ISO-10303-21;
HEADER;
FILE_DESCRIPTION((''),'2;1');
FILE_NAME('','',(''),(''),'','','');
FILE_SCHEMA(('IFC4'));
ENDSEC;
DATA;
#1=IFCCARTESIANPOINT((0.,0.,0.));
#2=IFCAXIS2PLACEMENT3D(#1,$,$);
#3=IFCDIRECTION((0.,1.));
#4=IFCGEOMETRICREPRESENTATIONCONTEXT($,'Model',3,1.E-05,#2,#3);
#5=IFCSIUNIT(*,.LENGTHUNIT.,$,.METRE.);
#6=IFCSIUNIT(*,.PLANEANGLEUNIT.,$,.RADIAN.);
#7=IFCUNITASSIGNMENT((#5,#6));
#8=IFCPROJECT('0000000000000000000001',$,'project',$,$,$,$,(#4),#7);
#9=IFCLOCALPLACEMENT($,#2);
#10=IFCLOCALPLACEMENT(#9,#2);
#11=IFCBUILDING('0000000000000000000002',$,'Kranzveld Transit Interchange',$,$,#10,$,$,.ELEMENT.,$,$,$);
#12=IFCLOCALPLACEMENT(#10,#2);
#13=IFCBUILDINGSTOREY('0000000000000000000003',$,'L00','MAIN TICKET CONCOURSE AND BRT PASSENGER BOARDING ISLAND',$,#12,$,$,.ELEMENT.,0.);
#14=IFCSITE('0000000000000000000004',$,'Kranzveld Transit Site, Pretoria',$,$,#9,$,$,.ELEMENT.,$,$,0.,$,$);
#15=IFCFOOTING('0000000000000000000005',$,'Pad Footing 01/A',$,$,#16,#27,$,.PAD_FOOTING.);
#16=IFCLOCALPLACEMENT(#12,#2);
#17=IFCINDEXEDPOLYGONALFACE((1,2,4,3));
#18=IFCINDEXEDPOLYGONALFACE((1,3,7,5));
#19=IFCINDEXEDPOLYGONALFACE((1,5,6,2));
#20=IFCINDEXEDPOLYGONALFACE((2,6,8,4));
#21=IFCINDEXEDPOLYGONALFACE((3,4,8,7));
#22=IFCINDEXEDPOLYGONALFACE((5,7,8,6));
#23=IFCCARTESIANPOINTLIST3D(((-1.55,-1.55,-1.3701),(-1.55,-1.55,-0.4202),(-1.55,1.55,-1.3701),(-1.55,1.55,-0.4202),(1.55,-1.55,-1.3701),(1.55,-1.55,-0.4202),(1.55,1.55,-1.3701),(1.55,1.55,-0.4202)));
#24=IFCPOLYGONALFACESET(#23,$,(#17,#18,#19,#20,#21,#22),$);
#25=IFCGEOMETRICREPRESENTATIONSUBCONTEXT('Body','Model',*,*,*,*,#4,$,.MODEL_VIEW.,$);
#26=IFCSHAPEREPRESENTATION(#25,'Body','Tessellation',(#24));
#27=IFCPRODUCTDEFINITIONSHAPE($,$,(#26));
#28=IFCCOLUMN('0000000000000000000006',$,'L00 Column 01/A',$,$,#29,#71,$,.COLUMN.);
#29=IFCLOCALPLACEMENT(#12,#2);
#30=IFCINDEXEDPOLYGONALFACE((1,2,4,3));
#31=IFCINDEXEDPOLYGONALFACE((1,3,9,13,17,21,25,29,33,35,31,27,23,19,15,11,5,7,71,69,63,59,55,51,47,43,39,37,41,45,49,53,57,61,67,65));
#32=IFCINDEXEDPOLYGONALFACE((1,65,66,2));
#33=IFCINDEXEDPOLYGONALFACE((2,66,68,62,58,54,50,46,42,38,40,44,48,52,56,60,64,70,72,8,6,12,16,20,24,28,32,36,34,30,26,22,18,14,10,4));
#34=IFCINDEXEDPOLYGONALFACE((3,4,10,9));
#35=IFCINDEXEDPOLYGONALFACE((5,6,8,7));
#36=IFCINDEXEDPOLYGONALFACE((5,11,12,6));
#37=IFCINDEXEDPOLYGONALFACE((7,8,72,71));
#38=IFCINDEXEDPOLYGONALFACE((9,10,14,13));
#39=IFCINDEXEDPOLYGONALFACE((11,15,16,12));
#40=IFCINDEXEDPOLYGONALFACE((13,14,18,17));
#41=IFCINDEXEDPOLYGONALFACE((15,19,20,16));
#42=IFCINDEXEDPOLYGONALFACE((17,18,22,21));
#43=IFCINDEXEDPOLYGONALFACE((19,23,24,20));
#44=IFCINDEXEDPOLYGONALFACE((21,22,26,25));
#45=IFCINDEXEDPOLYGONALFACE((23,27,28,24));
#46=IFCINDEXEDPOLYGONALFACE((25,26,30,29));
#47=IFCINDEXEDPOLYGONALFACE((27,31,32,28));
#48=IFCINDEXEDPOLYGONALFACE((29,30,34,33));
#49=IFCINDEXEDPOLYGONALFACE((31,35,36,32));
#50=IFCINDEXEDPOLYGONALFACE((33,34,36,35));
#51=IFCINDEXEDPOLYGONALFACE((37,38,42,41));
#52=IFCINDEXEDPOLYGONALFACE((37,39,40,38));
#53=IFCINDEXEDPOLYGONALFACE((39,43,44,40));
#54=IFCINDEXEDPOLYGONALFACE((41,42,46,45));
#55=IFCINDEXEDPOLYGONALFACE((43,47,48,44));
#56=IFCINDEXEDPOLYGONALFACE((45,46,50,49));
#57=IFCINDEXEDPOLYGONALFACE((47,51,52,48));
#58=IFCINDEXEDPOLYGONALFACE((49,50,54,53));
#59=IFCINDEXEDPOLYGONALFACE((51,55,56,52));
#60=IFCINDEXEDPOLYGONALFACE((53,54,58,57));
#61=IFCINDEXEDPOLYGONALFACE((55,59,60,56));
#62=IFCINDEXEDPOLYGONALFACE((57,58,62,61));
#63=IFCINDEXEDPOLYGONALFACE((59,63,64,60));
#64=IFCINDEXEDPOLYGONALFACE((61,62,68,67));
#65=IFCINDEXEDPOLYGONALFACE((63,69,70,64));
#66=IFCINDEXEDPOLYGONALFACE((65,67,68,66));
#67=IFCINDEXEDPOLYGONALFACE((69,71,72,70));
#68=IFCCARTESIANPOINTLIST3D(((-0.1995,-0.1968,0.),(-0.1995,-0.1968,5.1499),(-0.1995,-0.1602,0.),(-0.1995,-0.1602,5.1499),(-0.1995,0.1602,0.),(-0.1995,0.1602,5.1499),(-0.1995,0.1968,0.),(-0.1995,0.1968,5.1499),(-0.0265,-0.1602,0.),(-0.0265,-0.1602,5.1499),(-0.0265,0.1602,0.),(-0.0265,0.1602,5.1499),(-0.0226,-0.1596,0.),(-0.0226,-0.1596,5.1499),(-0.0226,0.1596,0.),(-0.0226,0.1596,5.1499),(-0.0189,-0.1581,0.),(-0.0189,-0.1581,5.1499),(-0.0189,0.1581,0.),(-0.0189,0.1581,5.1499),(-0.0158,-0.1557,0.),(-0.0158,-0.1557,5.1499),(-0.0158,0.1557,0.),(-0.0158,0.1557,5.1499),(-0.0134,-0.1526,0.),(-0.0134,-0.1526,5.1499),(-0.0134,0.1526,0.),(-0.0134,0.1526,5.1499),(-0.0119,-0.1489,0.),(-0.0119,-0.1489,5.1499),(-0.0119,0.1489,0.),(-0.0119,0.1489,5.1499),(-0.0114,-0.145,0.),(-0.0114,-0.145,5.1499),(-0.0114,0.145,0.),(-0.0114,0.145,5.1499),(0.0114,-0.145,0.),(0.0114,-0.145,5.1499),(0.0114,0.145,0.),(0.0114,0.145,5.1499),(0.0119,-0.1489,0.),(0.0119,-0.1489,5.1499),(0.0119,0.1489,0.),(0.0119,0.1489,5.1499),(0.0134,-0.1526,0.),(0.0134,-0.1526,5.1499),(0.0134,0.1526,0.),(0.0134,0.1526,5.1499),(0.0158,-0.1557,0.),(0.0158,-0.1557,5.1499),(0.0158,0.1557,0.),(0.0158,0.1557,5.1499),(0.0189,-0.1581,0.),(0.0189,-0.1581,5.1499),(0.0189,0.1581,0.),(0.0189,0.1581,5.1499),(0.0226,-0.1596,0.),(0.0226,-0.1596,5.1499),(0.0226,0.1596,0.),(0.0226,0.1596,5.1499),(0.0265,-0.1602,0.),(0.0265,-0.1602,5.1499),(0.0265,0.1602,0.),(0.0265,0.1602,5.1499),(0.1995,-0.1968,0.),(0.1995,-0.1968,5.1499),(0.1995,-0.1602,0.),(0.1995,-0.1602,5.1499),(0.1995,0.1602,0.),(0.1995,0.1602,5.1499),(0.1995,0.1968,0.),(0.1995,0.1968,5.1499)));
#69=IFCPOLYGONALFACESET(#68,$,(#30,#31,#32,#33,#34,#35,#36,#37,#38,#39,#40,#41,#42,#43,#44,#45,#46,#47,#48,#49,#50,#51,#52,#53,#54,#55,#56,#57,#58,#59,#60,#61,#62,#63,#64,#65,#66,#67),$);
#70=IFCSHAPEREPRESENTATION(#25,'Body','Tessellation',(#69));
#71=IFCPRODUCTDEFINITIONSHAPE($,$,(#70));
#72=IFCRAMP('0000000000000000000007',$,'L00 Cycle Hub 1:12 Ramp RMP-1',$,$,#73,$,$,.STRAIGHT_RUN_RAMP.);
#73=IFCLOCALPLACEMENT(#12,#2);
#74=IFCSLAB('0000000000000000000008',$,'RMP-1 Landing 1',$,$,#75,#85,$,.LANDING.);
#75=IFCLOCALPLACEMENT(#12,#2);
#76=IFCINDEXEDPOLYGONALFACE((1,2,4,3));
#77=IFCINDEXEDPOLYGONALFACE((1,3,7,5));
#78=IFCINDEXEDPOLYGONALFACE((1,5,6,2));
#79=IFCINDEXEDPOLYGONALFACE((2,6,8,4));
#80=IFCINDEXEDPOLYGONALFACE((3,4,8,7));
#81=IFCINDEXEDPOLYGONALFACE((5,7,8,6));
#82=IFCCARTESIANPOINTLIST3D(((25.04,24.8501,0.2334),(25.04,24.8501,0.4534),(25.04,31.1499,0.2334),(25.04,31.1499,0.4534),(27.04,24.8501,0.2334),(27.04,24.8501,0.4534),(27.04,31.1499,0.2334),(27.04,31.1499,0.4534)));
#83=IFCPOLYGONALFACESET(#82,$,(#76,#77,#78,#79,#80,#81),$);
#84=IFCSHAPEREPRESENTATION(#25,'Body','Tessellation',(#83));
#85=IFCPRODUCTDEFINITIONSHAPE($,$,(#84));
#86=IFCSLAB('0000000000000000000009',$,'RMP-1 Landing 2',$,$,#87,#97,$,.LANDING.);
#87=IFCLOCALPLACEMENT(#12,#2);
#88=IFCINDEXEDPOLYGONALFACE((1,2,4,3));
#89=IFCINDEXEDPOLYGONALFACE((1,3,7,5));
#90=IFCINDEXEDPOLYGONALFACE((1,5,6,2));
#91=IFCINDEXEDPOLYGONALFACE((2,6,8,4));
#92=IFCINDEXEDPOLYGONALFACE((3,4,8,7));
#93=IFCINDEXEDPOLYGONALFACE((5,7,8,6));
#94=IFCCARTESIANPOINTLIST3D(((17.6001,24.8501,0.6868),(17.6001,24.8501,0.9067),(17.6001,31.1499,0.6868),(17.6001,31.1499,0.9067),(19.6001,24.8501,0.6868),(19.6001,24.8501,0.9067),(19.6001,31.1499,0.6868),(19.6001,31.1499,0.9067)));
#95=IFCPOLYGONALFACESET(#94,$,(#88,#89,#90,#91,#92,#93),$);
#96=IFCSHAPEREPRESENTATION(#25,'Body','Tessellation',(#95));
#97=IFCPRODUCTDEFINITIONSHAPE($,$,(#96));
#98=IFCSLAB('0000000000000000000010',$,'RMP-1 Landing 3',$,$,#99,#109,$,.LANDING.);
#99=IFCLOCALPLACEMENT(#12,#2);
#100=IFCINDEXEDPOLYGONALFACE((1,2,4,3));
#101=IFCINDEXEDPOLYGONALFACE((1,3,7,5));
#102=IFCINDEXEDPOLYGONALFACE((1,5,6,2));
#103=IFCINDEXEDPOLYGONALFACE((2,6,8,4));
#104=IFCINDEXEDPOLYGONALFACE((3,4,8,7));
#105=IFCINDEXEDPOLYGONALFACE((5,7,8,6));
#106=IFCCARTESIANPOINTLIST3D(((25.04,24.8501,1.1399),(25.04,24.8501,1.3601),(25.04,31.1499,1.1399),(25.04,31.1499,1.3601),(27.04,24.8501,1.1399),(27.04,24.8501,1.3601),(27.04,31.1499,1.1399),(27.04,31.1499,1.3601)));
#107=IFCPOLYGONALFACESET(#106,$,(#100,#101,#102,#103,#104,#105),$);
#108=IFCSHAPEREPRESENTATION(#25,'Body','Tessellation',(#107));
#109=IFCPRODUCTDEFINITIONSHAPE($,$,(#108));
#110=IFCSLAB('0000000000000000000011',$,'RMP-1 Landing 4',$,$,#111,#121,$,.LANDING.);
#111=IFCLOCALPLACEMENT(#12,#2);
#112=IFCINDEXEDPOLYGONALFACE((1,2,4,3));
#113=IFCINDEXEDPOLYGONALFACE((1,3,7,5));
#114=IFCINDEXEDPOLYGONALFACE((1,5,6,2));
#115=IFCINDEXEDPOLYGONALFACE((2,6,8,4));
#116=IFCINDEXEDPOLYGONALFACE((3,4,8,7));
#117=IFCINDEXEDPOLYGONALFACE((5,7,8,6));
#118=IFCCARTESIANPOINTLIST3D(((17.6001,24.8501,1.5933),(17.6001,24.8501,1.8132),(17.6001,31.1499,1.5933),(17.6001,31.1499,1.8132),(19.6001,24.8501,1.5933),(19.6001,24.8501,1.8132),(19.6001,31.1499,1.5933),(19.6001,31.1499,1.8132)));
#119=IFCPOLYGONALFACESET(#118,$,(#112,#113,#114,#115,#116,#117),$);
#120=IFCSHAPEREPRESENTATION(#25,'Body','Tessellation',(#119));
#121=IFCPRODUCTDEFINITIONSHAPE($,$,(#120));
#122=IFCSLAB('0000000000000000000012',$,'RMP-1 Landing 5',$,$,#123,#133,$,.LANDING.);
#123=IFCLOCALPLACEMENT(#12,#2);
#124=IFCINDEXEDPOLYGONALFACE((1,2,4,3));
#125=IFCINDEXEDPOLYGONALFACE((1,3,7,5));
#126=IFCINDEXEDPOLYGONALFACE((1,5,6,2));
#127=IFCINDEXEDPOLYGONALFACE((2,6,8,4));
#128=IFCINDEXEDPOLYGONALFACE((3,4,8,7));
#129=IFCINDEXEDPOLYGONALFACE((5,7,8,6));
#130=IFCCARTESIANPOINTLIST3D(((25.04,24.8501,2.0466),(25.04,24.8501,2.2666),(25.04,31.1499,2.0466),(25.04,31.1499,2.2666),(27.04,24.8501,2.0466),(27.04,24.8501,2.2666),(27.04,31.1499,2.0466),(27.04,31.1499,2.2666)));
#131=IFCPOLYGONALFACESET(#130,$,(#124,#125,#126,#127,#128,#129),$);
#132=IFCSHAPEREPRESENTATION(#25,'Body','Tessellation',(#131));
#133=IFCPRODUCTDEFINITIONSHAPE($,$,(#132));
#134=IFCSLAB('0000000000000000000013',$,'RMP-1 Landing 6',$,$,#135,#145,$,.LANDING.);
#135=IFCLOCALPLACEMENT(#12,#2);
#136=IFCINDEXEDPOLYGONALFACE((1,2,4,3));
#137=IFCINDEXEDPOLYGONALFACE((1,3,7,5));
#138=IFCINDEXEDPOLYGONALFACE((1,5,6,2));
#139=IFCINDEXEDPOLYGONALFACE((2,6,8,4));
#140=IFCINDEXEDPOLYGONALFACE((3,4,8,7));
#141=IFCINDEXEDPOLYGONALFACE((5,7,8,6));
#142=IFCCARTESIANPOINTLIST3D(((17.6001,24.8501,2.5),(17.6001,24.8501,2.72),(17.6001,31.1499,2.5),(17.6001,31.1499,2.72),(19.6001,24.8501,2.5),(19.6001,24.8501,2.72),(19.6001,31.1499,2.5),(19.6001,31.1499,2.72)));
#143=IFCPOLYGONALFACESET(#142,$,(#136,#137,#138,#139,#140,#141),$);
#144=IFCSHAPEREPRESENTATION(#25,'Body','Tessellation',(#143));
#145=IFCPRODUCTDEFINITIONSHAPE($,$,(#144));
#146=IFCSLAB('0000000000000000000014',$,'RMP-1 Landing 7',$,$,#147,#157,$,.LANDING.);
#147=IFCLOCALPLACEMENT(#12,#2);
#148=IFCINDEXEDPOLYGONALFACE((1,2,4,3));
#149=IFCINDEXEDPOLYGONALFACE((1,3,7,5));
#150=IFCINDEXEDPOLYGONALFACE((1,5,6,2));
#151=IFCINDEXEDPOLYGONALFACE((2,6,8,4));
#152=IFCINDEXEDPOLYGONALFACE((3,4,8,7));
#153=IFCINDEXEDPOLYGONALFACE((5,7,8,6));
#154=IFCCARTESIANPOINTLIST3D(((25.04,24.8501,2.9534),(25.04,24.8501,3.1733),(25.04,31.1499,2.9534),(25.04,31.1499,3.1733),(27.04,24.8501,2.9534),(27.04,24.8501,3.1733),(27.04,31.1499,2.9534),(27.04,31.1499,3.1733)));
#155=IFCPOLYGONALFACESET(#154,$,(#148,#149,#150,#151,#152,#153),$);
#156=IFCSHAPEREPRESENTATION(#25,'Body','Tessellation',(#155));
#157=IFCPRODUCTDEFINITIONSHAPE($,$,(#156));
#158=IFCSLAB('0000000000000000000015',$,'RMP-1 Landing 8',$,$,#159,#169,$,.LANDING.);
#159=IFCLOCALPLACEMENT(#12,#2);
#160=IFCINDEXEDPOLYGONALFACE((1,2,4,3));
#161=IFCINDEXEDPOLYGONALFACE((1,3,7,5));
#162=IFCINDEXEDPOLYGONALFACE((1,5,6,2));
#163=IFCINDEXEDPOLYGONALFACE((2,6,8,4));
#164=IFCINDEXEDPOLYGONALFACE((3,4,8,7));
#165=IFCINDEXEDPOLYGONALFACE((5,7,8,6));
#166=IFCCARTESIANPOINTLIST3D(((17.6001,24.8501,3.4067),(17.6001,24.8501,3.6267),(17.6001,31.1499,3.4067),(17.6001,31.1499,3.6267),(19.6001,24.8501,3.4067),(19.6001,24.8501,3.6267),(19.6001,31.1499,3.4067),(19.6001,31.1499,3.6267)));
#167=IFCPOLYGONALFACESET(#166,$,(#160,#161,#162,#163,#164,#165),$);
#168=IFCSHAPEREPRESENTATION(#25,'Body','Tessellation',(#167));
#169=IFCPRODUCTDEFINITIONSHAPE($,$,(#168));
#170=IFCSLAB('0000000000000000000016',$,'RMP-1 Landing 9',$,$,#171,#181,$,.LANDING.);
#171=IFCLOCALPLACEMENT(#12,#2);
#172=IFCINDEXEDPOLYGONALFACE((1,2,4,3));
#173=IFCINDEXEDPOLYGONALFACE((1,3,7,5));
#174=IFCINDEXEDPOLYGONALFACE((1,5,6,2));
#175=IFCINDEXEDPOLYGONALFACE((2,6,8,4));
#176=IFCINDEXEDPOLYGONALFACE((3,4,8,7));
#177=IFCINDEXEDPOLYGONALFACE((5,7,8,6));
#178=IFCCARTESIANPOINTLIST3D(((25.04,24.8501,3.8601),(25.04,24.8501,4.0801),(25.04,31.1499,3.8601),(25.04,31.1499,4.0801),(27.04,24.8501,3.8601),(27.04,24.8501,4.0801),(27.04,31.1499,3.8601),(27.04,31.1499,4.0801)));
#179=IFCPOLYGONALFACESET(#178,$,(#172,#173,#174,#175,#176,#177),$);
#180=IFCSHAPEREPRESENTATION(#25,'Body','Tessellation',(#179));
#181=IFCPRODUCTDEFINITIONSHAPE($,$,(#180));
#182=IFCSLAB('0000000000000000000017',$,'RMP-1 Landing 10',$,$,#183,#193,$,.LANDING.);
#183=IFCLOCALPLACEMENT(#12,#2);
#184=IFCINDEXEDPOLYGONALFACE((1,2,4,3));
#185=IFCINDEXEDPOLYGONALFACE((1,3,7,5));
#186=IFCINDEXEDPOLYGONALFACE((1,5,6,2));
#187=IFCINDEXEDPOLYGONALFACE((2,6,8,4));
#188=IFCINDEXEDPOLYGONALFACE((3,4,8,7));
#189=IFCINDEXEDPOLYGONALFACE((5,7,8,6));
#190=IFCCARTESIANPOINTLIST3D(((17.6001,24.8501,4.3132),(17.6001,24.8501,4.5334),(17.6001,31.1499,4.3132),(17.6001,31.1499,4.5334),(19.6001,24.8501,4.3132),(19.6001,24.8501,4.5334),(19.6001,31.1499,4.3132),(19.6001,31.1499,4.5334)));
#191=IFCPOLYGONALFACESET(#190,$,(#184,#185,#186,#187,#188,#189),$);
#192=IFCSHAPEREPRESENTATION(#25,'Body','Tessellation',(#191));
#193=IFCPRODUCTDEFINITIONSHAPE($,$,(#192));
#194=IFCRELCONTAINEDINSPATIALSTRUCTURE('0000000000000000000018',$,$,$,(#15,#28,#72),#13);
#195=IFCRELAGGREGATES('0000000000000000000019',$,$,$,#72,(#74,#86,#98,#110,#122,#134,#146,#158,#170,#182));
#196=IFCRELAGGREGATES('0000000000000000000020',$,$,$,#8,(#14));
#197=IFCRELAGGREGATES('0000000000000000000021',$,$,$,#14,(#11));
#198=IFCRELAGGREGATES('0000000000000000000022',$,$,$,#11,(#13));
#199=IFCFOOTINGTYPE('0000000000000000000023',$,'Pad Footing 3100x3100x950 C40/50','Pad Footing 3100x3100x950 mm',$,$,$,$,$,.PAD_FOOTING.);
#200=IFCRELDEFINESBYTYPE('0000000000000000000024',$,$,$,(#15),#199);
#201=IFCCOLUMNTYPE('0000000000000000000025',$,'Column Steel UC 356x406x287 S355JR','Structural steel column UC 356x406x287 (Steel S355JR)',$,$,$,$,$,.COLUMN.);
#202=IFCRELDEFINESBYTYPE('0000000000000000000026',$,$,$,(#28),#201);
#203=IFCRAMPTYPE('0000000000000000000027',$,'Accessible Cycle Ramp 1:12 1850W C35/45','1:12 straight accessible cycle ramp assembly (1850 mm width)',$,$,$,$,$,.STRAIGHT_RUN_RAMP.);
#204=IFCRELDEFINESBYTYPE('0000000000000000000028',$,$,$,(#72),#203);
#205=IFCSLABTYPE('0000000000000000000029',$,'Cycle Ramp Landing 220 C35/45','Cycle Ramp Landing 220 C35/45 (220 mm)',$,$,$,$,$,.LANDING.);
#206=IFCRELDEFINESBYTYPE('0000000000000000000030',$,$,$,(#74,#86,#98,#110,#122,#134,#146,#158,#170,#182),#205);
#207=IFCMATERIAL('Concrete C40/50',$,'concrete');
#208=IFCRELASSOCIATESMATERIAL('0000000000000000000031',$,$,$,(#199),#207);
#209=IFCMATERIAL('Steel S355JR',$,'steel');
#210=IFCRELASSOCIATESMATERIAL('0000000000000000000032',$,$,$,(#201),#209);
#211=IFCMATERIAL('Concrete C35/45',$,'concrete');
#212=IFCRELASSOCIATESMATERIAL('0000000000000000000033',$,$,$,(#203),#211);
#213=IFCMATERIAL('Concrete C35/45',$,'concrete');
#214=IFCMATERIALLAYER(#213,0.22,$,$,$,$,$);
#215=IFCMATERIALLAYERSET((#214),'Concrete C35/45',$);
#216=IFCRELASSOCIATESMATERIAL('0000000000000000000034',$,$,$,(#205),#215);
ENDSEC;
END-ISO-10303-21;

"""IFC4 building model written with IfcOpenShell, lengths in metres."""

from ifc_helpers import new_model, si_unit, direction, frame, origin, origin_with_axes, origin_2d, place, context, subcontext, project, spatial, polyline, rectangle, i_section, outline, extrude, material, layer, layer_set, material_profile, profile_set, type_object, element, aggregate, save


model = new_model("IFC4")

# Units and contexts
model_context = context("Model", 3, precision=1e-05, world=origin(), true_north=direction((0.0, 1.0)))
body_context = subcontext(model_context, "Body", "Model", "MODEL_VIEW")
ifc_project = project(units=[si_unit("LENGTHUNIT", "METRE"), si_unit("PLANEANGLEUNIT", "RADIAN")], contexts=[model_context])

# Site, building, storey
site_placement = place(None, origin())
site = spatial("IfcSite", under=ifc_project, at=site_placement, Name="Kranzveld Transit Site, Pretoria", CompositionType="ELEMENT", RefElevation=0.0)
building_placement = place(site_placement, origin())
building = spatial("IfcBuilding", under=site, at=building_placement, Name="Kranzveld Transit Interchange", CompositionType="ELEMENT")
storey_placement = place(building_placement, origin())
storey = spatial("IfcBuildingStorey", under=building, at=storey_placement, Name="L00", Description="MAIN TICKET CONCOURSE AND BRT PASSENGER BOARDING ISLAND", CompositionType="ELEMENT", Elevation=0.0)

# Footing
ifc_material_1 = material(Name="Concrete C40/50", Category="concrete")
footing_type = type_object("IfcFootingType", Name="Pad Footing 3100x3100x950 C40/50", Description="Pad Footing 3100x3100x950 mm", PredefinedType="PAD_FOOTING", material=ifc_material_1)
footing_placement = place(storey_placement, frame((0.0, 0.0, -1.3701), z_axis=(0.0, 0.0, 1.0), x_axis=(1.0, 0.0, 0.0)))
element("IfcFooting", 1, at=footing_placement, inside=storey, type_object=footing_type, Name="Pad Footing 01/A", PredefinedType="PAD_FOOTING", context=body_context, shape_type="SweptSolid", body=[
    extrude(rectangle(XDim=3.1001, YDim=3.1001, at=origin_2d()), origin(), (0.0, 0.0, 1.0), 0.95),
])

# Column
ifc_material_2 = material(Name="Steel S355JR", Category="steel")
ifc_material_profile = material_profile(ifc_material_2, i_section(OverallWidth=0.3989, OverallDepth=0.3936, WebThickness=0.0227, FlangeThickness=0.0366, FilletRadius=0.0151, at=origin_2d()), Name="UC 356x406x287")
ifc_profile_set = profile_set([ifc_material_profile], Name="Steel S355JR")
column_type = type_object("IfcColumnType", Name="Column Steel UC 356x406x287 S355JR", Description="Structural steel column UC 356x406x287 (Steel S355JR)", PredefinedType="COLUMN", material=ifc_profile_set)
column_placement = place(storey_placement, origin_with_axes())
element("IfcColumn", 2, at=column_placement, inside=storey, type_object=column_type, Name="L00 Column 01/A", PredefinedType="COLUMN", context=body_context, shape_type="SweptSolid", body=[
    extrude(i_section(OverallWidth=0.3989, OverallDepth=0.3936, WebThickness=0.0227, FlangeThickness=0.0366, FilletRadius=0.0151, at=origin_2d()), origin(), (0.0, 0.0, 1.0), 5.1499),
])

# Ramp, slabs
ifc_material_3 = material(Name="Concrete C35/45", Category="concrete")
ramp_type_1 = type_object("IfcRampType", Name="Accessible Cycle Ramp 1:12 1850W C35/45", Description="1:12 straight accessible cycle ramp assembly (1850 mm width)", PredefinedType="STRAIGHT_RUN_RAMP", material=ifc_material_3)
ramp_1_placement = place(storey_placement, origin())
ramp_1 = element("IfcRamp", 3, at=ramp_1_placement, inside=storey, type_object=ramp_type_1, Name="L00 Cycle Hub 1:12 Ramp RMP-1", PredefinedType="STRAIGHT_RUN_RAMP")
ifc_material_4 = material(Name="Concrete C35/45", Category="concrete")
ifc_layer_1 = layer(ifc_material_4, 0.22)
ifc_layer_set_1 = layer_set([ifc_layer_1], Name="Concrete C35/45")
slab_type_1 = type_object("IfcSlabType", Name="Cycle Ramp Landing 220 C35/45", Description="Cycle Ramp Landing 220 C35/45 (220 mm)", PredefinedType="LANDING", material=ifc_layer_set_1)
slab_1_placement = place(storey_placement, frame((0.0, 0.0, 0.2334)))
slab_1 = element("IfcSlab", 4, at=slab_1_placement, type_object=slab_type_1, Name="RMP-1 Landing 1", PredefinedType="LANDING", context=body_context, shape_type="SweptSolid", body=[
    extrude(outline(polyline([(25.04, 24.8501), (27.04, 24.8501), (27.04, 31.1499), (25.04, 31.1499), (25.04, 24.8501)])), origin(), (0.0, 0.0, 1.0), 0.22),
])
slab_2_placement = place(storey_placement, frame((0.0, 0.0, 0.6868)))
slab_2 = element("IfcSlab", 5, at=slab_2_placement, type_object=slab_type_1, Name="RMP-1 Landing 2", PredefinedType="LANDING", context=body_context, shape_type="SweptSolid", body=[
    extrude(outline(polyline([(17.6001, 24.8501), (19.6001, 24.8501), (19.6001, 31.1499), (17.6001, 31.1499), (17.6001, 24.8501)])), origin(), (0.0, 0.0, 1.0), 0.22),
])
slab_3_placement = place(storey_placement, frame((0.0, 0.0, 1.1399)))
slab_3 = element("IfcSlab", 6, at=slab_3_placement, type_object=slab_type_1, Name="RMP-1 Landing 3", PredefinedType="LANDING", context=body_context, shape_type="SweptSolid", body=[
    extrude(outline(polyline([(25.04, 24.8501), (27.04, 24.8501), (27.04, 31.1499), (25.04, 31.1499), (25.04, 24.8501)])), origin(), (0.0, 0.0, 1.0), 0.2202),
])
slab_4_placement = place(storey_placement, frame((0.0, 0.0, 1.5933)))
slab_4 = element("IfcSlab", 7, at=slab_4_placement, type_object=slab_type_1, Name="RMP-1 Landing 4", PredefinedType="LANDING", context=body_context, shape_type="SweptSolid", body=[
    extrude(outline(polyline([(17.6001, 24.8501), (19.6001, 24.8501), (19.6001, 31.1499), (17.6001, 31.1499), (17.6001, 24.8501)])), origin(), (0.0, 0.0, 1.0), 0.22),
])
slab_5_placement = place(storey_placement, frame((0.0, 0.0, 2.0466)))
slab_5 = element("IfcSlab", 8, at=slab_5_placement, type_object=slab_type_1, Name="RMP-1 Landing 5", PredefinedType="LANDING", context=body_context, shape_type="SweptSolid", body=[
    extrude(outline(polyline([(25.04, 24.8501), (27.04, 24.8501), (27.04, 31.1499), (25.04, 31.1499), (25.04, 24.8501)])), origin(), (0.0, 0.0, 1.0), 0.22),
])
slab_6_placement = place(storey_placement, frame((0.0, 0.0, 2.5)))
slab_6 = element("IfcSlab", 9, at=slab_6_placement, type_object=slab_type_1, Name="RMP-1 Landing 6", PredefinedType="LANDING", context=body_context, shape_type="SweptSolid", body=[
    extrude(outline(polyline([(17.6001, 24.8501), (19.6001, 24.8501), (19.6001, 31.1499), (17.6001, 31.1499), (17.6001, 24.8501)])), origin(), (0.0, 0.0, 1.0), 0.22),
])
slab_7_placement = place(storey_placement, frame((0.0, 0.0, 2.9534)))
slab_7 = element("IfcSlab", 10, at=slab_7_placement, type_object=slab_type_1, Name="RMP-1 Landing 7", PredefinedType="LANDING", context=body_context, shape_type="SweptSolid", body=[
    extrude(outline(polyline([(25.04, 24.8501), (27.04, 24.8501), (27.04, 31.1499), (25.04, 31.1499), (25.04, 24.8501)])), origin(), (0.0, 0.0, 1.0), 0.22),
])
slab_8_placement = place(storey_placement, frame((0.0, 0.0, 3.4067)))
slab_8 = element("IfcSlab", 11, at=slab_8_placement, type_object=slab_type_1, Name="RMP-1 Landing 8", PredefinedType="LANDING", context=body_context, shape_type="SweptSolid", body=[
    extrude(outline(polyline([(17.6001, 24.8501), (19.6001, 24.8501), (19.6001, 31.1499), (17.6001, 31.1499), (17.6001, 24.8501)])), origin(), (0.0, 0.0, 1.0), 0.22),
])
slab_9_placement = place(storey_placement, frame((0.0, 0.0, 3.8601)))
slab_9 = element("IfcSlab", 12, at=slab_9_placement, type_object=slab_type_1, Name="RMP-1 Landing 9", PredefinedType="LANDING", context=body_context, shape_type="SweptSolid", body=[
    extrude(outline(polyline([(25.04, 24.8501), (27.04, 24.8501), (27.04, 31.1499), (25.04, 31.1499), (25.04, 24.8501)])), origin(), (0.0, 0.0, 1.0), 0.22),
])
slab_10_placement = place(storey_placement, frame((0.0, 0.0, 4.3132)))
slab_10 = element("IfcSlab", 13, at=slab_10_placement, type_object=slab_type_1, Name="RMP-1 Landing 10", PredefinedType="LANDING", context=body_context, shape_type="SweptSolid", body=[
    extrude(outline(polyline([(17.6001, 24.8501), (19.6001, 24.8501), (19.6001, 31.1499), (17.6001, 31.1499), (17.6001, 24.8501)])), origin(), (0.0, 0.0, 1.0), 0.2202),
])
aggregate(ramp_1, [slab_1, slab_2, slab_3, slab_4, slab_5, slab_6, slab_7, slab_8, slab_9, slab_10])

save(model, "model.ifc")
